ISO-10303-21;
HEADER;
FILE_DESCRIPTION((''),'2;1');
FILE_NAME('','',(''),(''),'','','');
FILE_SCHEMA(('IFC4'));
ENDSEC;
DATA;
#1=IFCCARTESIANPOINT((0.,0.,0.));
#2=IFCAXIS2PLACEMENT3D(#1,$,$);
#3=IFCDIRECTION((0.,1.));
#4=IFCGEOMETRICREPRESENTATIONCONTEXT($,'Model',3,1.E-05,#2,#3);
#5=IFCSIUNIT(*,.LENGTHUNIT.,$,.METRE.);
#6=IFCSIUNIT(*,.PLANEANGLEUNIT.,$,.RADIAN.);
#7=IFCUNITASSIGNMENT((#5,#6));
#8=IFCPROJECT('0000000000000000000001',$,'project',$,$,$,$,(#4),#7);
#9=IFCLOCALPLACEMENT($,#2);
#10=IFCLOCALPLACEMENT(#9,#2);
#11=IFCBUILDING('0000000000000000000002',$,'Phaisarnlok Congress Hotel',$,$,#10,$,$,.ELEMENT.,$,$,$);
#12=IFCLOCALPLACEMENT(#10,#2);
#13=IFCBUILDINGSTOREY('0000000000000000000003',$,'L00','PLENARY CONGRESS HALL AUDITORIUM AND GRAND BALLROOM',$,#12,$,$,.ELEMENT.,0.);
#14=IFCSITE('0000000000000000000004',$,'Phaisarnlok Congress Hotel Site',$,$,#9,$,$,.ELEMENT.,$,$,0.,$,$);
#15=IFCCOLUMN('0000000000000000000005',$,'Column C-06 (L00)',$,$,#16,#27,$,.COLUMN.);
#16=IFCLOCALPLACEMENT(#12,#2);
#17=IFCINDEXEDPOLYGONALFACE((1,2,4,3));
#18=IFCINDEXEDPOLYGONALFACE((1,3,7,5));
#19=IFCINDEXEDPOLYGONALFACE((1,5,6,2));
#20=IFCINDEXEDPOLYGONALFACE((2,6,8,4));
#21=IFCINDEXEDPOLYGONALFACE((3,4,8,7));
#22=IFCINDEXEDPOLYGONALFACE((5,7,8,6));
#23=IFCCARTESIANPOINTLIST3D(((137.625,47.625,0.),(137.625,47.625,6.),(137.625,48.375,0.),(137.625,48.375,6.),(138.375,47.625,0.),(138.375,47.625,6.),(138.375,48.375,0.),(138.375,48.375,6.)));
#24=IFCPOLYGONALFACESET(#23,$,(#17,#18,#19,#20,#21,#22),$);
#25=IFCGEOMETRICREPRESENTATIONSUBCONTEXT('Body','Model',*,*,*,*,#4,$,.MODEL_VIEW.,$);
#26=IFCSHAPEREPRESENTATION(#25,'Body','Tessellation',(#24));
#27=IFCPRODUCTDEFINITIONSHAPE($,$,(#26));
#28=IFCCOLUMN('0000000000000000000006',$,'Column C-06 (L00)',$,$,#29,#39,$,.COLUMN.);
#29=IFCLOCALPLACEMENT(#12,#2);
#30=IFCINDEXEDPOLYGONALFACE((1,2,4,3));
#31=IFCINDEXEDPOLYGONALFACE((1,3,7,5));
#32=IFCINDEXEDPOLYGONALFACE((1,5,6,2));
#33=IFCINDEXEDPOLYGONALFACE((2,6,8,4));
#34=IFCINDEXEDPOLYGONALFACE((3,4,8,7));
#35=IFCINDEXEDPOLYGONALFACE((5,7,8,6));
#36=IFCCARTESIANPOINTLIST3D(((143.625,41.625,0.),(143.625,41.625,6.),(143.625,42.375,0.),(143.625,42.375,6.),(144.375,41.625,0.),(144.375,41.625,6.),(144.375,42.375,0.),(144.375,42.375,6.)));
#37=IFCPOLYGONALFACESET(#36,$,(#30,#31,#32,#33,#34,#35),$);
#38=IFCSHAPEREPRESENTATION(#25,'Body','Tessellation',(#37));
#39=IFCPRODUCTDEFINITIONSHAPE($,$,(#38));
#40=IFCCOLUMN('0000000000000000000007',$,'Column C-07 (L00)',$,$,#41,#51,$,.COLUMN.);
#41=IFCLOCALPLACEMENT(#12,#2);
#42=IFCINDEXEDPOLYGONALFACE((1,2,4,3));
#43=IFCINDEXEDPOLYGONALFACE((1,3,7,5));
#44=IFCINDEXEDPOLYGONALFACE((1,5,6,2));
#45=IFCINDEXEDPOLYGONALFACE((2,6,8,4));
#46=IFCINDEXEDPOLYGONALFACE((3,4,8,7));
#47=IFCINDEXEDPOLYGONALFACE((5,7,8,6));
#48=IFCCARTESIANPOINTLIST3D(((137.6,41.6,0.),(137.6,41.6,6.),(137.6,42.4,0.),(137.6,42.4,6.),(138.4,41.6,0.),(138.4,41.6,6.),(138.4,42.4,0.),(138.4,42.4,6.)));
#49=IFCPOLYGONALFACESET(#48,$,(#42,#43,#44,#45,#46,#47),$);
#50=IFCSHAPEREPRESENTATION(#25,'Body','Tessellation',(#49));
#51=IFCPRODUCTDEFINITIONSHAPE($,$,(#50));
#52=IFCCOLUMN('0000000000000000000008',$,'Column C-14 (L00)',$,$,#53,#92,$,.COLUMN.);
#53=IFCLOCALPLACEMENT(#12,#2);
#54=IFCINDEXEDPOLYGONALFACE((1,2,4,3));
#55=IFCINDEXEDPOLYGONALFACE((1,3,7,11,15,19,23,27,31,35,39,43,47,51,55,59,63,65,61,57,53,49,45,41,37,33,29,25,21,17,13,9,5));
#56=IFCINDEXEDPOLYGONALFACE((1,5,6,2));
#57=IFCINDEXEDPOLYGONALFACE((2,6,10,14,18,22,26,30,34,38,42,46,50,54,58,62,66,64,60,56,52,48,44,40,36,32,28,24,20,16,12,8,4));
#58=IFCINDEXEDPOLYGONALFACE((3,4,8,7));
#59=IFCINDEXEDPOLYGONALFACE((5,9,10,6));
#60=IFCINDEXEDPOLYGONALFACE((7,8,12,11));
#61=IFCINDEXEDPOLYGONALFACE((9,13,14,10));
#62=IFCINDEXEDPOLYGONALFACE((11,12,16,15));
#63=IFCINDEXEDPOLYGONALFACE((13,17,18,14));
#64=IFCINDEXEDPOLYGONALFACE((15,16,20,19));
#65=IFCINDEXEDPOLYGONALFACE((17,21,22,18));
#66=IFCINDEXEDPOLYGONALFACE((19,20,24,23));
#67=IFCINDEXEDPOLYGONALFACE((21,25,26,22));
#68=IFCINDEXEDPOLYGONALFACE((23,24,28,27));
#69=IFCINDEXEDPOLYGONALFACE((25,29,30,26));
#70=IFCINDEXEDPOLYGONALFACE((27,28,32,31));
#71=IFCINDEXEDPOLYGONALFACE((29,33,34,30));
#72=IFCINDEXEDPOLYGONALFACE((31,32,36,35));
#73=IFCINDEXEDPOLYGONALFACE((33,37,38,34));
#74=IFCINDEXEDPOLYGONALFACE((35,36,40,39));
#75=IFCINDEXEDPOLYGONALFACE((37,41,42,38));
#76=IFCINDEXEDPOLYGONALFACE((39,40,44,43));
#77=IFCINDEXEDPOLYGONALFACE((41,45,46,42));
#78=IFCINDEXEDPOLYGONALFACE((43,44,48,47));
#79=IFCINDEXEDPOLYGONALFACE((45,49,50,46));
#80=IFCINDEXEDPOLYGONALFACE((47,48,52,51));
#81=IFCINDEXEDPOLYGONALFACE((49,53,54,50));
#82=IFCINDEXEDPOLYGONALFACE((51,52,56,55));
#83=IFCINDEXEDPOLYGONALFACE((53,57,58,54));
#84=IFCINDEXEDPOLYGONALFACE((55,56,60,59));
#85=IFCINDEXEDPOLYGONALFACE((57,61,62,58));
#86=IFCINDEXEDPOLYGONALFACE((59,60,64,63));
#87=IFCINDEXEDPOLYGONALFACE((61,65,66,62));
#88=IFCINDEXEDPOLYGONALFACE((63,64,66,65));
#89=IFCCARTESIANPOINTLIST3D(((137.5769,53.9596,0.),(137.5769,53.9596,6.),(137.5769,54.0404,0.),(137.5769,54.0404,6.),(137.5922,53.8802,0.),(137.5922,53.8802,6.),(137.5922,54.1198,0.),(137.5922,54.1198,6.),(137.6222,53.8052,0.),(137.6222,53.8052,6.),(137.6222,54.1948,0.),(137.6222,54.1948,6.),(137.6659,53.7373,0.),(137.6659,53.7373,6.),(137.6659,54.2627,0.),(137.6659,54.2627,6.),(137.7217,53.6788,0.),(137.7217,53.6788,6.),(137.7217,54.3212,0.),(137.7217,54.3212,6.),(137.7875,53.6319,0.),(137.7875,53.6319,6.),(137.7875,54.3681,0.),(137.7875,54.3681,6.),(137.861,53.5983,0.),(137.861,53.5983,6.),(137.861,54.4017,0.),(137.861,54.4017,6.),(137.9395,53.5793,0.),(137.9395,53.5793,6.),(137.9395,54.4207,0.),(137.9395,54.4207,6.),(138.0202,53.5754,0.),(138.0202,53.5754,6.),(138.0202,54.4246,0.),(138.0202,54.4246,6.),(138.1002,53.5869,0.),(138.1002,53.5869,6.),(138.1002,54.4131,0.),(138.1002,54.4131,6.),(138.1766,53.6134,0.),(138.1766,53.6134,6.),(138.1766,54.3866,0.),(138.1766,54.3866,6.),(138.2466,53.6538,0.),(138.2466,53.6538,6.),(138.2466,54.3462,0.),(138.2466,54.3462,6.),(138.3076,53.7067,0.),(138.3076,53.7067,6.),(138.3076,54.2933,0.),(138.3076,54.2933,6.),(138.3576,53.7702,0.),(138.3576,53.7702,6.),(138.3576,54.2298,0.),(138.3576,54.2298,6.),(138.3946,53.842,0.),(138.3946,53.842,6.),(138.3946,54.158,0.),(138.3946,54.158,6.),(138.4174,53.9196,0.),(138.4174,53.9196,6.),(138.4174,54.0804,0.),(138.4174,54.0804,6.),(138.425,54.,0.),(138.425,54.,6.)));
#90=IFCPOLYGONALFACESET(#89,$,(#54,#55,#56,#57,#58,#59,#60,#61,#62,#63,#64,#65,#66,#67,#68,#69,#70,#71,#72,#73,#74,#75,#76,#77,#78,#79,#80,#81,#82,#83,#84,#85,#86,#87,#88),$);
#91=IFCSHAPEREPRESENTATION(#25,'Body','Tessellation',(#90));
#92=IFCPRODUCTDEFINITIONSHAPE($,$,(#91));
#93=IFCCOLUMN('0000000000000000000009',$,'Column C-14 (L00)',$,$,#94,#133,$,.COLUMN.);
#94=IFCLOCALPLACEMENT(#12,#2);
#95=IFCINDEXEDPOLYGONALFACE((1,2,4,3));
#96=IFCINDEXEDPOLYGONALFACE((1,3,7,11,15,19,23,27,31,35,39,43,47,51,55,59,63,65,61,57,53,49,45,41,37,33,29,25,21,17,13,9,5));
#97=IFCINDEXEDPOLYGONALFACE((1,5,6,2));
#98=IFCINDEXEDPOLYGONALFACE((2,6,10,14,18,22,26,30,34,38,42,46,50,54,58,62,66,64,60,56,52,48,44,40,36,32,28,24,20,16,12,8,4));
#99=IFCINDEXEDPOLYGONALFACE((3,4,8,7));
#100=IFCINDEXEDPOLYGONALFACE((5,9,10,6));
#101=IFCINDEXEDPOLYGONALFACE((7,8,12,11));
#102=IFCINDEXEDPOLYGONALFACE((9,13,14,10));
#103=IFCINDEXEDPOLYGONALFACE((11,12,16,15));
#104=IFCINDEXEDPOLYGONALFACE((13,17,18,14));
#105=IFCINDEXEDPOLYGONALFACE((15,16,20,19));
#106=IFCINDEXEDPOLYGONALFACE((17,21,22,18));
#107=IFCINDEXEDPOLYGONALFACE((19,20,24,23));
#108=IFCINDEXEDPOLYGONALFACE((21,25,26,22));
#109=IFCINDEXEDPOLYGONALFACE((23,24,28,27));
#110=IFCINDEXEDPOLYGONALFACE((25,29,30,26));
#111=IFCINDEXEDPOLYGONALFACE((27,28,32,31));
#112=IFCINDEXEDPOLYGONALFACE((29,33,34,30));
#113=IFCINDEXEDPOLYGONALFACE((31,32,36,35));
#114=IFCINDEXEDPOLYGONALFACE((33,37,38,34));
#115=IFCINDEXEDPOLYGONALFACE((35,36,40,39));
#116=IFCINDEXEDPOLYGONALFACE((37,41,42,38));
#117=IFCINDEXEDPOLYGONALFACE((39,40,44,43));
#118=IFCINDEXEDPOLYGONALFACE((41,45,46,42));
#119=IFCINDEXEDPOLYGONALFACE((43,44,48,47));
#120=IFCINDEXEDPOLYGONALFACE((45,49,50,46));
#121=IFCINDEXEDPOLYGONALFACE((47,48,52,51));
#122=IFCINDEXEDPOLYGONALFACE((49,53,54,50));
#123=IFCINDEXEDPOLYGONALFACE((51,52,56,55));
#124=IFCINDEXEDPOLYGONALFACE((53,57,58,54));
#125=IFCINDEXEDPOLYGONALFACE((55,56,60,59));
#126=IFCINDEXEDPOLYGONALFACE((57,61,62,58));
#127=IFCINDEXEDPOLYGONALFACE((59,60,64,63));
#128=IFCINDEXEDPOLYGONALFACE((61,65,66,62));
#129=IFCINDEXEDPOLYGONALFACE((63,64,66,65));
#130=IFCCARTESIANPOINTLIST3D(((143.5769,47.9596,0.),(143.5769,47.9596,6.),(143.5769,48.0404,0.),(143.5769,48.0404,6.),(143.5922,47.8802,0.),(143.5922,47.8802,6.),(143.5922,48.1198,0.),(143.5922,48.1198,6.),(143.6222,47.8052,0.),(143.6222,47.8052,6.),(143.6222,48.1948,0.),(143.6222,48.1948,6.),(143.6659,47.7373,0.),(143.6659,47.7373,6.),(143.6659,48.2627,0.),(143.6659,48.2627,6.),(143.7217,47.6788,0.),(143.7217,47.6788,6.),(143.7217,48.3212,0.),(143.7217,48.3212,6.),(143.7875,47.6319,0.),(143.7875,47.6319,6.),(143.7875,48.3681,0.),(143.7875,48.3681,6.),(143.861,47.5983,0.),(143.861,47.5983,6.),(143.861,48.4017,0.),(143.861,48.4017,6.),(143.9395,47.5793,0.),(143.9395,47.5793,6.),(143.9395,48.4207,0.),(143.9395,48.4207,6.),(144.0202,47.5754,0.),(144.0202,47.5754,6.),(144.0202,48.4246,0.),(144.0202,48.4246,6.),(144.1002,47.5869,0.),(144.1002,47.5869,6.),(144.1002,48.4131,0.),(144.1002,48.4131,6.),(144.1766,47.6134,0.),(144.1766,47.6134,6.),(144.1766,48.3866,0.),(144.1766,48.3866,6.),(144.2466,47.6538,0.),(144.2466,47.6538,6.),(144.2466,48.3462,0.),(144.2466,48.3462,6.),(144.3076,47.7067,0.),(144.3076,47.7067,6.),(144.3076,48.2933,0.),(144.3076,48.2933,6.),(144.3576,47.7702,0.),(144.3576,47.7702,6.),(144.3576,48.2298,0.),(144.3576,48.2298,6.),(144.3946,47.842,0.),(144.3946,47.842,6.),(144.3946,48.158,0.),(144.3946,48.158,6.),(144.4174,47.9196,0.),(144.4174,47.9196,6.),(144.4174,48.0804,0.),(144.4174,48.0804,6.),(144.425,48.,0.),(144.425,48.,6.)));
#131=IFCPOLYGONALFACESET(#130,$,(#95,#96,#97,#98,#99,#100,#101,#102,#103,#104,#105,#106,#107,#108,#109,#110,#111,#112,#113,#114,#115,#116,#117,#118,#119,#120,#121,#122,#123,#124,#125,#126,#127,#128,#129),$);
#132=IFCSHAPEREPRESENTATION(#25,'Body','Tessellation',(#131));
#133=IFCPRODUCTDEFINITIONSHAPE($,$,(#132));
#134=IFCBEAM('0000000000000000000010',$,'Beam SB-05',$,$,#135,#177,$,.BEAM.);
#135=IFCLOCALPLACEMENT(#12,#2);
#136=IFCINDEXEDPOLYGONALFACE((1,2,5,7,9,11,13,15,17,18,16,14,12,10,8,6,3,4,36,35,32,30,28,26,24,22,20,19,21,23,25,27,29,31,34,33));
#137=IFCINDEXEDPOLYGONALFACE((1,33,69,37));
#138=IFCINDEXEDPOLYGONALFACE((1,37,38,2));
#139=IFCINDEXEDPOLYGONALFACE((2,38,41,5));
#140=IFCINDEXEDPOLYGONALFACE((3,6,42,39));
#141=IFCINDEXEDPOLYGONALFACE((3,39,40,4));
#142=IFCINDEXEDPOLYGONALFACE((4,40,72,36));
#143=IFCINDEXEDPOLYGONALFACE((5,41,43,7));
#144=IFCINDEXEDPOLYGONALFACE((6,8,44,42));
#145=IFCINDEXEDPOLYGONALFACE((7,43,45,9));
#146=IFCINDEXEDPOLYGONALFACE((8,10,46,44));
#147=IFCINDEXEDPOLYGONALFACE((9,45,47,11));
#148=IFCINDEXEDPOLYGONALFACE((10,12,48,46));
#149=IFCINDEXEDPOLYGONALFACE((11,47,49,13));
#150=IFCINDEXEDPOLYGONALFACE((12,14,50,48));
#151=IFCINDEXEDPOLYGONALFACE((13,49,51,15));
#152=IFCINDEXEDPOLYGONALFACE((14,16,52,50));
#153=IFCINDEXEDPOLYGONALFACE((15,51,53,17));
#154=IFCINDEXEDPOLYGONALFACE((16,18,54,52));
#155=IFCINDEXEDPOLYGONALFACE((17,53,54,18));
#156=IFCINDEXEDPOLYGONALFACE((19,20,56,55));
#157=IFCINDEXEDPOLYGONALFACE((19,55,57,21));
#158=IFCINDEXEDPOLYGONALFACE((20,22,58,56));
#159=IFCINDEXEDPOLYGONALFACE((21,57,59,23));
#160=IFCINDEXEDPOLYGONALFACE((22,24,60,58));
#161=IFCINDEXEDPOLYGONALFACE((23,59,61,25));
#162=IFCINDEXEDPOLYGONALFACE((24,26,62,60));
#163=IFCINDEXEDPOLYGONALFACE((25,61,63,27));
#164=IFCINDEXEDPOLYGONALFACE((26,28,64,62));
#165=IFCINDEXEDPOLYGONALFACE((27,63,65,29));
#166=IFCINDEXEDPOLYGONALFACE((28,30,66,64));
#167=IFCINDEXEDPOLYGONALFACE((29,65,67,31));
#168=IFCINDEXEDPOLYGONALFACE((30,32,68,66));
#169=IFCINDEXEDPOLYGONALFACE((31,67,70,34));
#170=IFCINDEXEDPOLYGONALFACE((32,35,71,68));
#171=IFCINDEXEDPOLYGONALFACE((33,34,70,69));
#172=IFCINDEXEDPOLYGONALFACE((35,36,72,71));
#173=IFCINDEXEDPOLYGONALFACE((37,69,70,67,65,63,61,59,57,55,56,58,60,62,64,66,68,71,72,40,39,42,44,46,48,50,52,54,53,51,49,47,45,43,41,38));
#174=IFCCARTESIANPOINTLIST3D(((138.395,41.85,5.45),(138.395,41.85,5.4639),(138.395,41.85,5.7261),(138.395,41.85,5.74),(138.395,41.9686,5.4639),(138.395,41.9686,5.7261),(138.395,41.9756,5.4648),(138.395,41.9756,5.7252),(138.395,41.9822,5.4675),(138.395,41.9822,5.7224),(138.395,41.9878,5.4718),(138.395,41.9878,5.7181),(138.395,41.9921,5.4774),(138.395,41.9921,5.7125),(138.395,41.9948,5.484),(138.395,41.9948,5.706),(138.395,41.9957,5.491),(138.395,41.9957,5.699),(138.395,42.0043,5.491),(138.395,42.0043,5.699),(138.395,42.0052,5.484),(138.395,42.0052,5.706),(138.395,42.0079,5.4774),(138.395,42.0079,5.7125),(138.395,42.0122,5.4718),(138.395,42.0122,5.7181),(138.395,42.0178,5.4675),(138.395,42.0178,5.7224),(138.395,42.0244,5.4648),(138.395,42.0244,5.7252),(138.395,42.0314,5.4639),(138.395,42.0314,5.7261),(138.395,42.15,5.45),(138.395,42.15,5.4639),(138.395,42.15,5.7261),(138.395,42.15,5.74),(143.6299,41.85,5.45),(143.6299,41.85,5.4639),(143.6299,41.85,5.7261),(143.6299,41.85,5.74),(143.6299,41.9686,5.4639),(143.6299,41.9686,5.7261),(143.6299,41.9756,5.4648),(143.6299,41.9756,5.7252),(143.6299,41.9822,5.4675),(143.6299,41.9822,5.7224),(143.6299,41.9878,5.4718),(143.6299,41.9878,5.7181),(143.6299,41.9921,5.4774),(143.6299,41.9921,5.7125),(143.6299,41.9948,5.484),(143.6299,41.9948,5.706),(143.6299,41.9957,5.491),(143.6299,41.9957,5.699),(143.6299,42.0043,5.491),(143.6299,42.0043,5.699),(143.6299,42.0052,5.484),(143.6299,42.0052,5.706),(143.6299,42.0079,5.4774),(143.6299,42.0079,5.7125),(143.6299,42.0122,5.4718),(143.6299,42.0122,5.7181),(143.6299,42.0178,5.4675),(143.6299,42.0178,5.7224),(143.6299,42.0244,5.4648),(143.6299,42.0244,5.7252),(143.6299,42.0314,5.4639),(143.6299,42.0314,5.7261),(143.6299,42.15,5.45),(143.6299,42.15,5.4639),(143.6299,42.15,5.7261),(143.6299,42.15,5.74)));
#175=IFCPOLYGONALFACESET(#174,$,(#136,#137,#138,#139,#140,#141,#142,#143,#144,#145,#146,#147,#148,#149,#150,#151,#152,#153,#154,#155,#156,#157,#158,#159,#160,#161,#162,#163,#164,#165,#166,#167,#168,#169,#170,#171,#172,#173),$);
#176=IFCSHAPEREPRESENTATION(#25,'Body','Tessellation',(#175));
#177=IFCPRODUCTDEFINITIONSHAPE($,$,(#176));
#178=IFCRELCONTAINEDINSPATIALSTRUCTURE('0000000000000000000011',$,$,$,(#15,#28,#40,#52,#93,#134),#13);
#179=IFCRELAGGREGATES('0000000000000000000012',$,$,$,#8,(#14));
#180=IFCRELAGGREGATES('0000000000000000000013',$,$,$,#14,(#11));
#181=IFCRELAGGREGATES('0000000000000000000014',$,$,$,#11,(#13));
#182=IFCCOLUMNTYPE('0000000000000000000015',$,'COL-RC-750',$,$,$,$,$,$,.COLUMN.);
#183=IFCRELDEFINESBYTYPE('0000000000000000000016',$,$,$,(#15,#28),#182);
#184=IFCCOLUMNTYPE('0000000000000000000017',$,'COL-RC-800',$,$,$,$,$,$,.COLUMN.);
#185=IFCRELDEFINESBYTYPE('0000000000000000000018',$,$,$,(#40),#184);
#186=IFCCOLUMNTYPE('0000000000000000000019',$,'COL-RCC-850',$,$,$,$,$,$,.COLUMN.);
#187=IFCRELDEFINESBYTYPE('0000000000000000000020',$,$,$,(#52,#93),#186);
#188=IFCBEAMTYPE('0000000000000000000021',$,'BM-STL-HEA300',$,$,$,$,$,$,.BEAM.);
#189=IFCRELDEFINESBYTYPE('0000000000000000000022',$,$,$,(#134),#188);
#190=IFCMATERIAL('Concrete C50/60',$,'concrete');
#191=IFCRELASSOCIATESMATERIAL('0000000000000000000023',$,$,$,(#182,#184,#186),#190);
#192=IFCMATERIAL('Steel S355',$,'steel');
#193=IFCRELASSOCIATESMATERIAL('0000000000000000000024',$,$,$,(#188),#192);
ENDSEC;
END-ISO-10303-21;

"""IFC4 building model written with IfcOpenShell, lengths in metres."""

from ifc_helpers import new_model, si_unit, direction, frame, origin, origin_2d, place, context, subcontext, project, spatial, rectangle, circle, i_section, extrude, material, material_profile, profile_set, type_object, element, save


model = new_model("IFC4")

# Units and contexts
model_context = context("Model", 3, precision=1e-05, world=origin(), true_north=direction((0.0, 1.0)))
body_context = subcontext(model_context, "Body", "Model", "MODEL_VIEW")
ifc_project = project(units=[si_unit("LENGTHUNIT", "METRE"), si_unit("PLANEANGLEUNIT", "RADIAN")], contexts=[model_context])

# Site, building, storey
site_placement = place(None, origin())
site = spatial("IfcSite", under=ifc_project, at=site_placement, Name="Phaisarnlok Congress Hotel Site", CompositionType="ELEMENT", RefElevation=0.0)
building_placement = place(site_placement, origin())
building = spatial("IfcBuilding", under=site, at=building_placement, Name="Phaisarnlok Congress Hotel", CompositionType="ELEMENT")
storey_placement = place(building_placement, origin())
storey = spatial("IfcBuildingStorey", under=building, at=storey_placement, Name="L00", Description="PLENARY CONGRESS HALL AUDITORIUM AND GRAND BALLROOM", CompositionType="ELEMENT", Elevation=0.0)

# Columns
ifc_material_1 = material(Name="Concrete C50/60", Category="concrete")
ifc_material_profile_1 = material_profile(ifc_material_1, rectangle(XDim=0.75, YDim=0.75, at=origin_2d()), Name="RC 750x750")
ifc_profile_set_1 = profile_set([ifc_material_profile_1], Name="Concrete C50/60")
column_type_1 = type_object("IfcColumnType", Name="COL-RC-750", PredefinedType="COLUMN", material=ifc_profile_set_1)
for number, where, z_axis, x_axis, name in (
    (1, (138.0, 48.0, 0.0), (0.0, 0.0, 1.0), (1.0, 0.0, 0.0), "Column C-06 (L00)"),
    (2, (144.0, 42.0, 0.0), (0.0, 0.0, 1.0), (1.0, 0.0, 0.0), "Column C-06 (L00)"),
):
    element("IfcColumn", number, at=place(storey_placement, frame(where, z_axis=z_axis, x_axis=x_axis)), inside=storey, type_object=column_type_1, Name=name, PredefinedType="COLUMN", context=body_context, shape_type="SweptSolid", body=[
        extrude(rectangle(XDim=0.75, YDim=0.75, at=origin_2d()), origin(), (0.0, 0.0, 1.0), 6.0),
    ])
ifc_material_profile_2 = material_profile(ifc_material_1, rectangle(XDim=0.8, YDim=0.8, at=origin_2d()), Name="RC 800x800")
ifc_profile_set_2 = profile_set([ifc_material_profile_2], Name="Concrete C50/60")
column_type_2 = type_object("IfcColumnType", Name="COL-RC-800", PredefinedType="COLUMN", material=ifc_profile_set_2)
column_placement = place(storey_placement, frame((138.0, 42.0, 0.0), z_axis=(0.0, 0.0, 1.0), x_axis=(1.0, 0.0, 0.0)))
element("IfcColumn", 3, at=column_placement, inside=storey, type_object=column_type_2, Name="Column C-07 (L00)", PredefinedType="COLUMN", context=body_context, shape_type="SweptSolid", body=[
    extrude(rectangle(XDim=0.8, YDim=0.8, at=origin_2d()), origin(), (0.0, 0.0, 1.0), 6.0),
])
ifc_material_profile_3 = material_profile(ifc_material_1, circle(Radius=0.425, at=origin_2d()), Name="RCC D850")
ifc_profile_set_3 = profile_set([ifc_material_profile_3], Name="Concrete C50/60")
column_type_3 = type_object("IfcColumnType", Name="COL-RCC-850", PredefinedType="COLUMN", material=ifc_profile_set_3)
for number, where, z_axis, x_axis, name in (
    (4, (138.0, 54.0, 0.0), (0.0, 0.0, 1.0), (1.0, 0.0, 0.0), "Column C-14 (L00)"),
    (5, (144.0, 48.0, 0.0), (0.0, 0.0, 1.0), (1.0, 0.0, 0.0), "Column C-14 (L00)"),
):
    element("IfcColumn", number, at=place(storey_placement, frame(where, z_axis=z_axis, x_axis=x_axis)), inside=storey, type_object=column_type_3, Name=name, PredefinedType="COLUMN", context=body_context, shape_type="SweptSolid", body=[
        extrude(circle(Radius=0.425, at=origin_2d()), origin(), (0.0, 0.0, 1.0), 6.0),
    ])

# Beam
ifc_material_2 = material(Name="Steel S355", Category="steel")
ifc_material_profile_4 = material_profile(ifc_material_2, i_section(OverallWidth=0.3, OverallDepth=0.29, WebThickness=0.0085, FlangeThickness=0.0139, FilletRadius=0.0271, at=origin_2d()), Name="HEA 300")
ifc_profile_set_4 = profile_set([ifc_material_profile_4], Name="Steel S355")
beam_type_1 = type_object("IfcBeamType", Name="BM-STL-HEA300", PredefinedType="BEAM", material=ifc_profile_set_4)
beam_1_placement = place(storey_placement, frame((138.395, 42.0, 5.595), z_axis=(1.0, 0.0, 0.0), x_axis=(0.0, 1.0, 0.0)))
element("IfcBeam", 6, at=beam_1_placement, inside=storey, type_object=beam_type_1, Name="Beam SB-05", PredefinedType="BEAM", context=body_context, shape_type="SweptSolid", body=[
    extrude(i_section(OverallWidth=0.3, OverallDepth=0.29, WebThickness=0.0085, FlangeThickness=0.0139, FilletRadius=0.0271, at=origin_2d()), origin(), (0.0, 0.0, 1.0), 5.2349),
])

save(model, "model.ifc")
